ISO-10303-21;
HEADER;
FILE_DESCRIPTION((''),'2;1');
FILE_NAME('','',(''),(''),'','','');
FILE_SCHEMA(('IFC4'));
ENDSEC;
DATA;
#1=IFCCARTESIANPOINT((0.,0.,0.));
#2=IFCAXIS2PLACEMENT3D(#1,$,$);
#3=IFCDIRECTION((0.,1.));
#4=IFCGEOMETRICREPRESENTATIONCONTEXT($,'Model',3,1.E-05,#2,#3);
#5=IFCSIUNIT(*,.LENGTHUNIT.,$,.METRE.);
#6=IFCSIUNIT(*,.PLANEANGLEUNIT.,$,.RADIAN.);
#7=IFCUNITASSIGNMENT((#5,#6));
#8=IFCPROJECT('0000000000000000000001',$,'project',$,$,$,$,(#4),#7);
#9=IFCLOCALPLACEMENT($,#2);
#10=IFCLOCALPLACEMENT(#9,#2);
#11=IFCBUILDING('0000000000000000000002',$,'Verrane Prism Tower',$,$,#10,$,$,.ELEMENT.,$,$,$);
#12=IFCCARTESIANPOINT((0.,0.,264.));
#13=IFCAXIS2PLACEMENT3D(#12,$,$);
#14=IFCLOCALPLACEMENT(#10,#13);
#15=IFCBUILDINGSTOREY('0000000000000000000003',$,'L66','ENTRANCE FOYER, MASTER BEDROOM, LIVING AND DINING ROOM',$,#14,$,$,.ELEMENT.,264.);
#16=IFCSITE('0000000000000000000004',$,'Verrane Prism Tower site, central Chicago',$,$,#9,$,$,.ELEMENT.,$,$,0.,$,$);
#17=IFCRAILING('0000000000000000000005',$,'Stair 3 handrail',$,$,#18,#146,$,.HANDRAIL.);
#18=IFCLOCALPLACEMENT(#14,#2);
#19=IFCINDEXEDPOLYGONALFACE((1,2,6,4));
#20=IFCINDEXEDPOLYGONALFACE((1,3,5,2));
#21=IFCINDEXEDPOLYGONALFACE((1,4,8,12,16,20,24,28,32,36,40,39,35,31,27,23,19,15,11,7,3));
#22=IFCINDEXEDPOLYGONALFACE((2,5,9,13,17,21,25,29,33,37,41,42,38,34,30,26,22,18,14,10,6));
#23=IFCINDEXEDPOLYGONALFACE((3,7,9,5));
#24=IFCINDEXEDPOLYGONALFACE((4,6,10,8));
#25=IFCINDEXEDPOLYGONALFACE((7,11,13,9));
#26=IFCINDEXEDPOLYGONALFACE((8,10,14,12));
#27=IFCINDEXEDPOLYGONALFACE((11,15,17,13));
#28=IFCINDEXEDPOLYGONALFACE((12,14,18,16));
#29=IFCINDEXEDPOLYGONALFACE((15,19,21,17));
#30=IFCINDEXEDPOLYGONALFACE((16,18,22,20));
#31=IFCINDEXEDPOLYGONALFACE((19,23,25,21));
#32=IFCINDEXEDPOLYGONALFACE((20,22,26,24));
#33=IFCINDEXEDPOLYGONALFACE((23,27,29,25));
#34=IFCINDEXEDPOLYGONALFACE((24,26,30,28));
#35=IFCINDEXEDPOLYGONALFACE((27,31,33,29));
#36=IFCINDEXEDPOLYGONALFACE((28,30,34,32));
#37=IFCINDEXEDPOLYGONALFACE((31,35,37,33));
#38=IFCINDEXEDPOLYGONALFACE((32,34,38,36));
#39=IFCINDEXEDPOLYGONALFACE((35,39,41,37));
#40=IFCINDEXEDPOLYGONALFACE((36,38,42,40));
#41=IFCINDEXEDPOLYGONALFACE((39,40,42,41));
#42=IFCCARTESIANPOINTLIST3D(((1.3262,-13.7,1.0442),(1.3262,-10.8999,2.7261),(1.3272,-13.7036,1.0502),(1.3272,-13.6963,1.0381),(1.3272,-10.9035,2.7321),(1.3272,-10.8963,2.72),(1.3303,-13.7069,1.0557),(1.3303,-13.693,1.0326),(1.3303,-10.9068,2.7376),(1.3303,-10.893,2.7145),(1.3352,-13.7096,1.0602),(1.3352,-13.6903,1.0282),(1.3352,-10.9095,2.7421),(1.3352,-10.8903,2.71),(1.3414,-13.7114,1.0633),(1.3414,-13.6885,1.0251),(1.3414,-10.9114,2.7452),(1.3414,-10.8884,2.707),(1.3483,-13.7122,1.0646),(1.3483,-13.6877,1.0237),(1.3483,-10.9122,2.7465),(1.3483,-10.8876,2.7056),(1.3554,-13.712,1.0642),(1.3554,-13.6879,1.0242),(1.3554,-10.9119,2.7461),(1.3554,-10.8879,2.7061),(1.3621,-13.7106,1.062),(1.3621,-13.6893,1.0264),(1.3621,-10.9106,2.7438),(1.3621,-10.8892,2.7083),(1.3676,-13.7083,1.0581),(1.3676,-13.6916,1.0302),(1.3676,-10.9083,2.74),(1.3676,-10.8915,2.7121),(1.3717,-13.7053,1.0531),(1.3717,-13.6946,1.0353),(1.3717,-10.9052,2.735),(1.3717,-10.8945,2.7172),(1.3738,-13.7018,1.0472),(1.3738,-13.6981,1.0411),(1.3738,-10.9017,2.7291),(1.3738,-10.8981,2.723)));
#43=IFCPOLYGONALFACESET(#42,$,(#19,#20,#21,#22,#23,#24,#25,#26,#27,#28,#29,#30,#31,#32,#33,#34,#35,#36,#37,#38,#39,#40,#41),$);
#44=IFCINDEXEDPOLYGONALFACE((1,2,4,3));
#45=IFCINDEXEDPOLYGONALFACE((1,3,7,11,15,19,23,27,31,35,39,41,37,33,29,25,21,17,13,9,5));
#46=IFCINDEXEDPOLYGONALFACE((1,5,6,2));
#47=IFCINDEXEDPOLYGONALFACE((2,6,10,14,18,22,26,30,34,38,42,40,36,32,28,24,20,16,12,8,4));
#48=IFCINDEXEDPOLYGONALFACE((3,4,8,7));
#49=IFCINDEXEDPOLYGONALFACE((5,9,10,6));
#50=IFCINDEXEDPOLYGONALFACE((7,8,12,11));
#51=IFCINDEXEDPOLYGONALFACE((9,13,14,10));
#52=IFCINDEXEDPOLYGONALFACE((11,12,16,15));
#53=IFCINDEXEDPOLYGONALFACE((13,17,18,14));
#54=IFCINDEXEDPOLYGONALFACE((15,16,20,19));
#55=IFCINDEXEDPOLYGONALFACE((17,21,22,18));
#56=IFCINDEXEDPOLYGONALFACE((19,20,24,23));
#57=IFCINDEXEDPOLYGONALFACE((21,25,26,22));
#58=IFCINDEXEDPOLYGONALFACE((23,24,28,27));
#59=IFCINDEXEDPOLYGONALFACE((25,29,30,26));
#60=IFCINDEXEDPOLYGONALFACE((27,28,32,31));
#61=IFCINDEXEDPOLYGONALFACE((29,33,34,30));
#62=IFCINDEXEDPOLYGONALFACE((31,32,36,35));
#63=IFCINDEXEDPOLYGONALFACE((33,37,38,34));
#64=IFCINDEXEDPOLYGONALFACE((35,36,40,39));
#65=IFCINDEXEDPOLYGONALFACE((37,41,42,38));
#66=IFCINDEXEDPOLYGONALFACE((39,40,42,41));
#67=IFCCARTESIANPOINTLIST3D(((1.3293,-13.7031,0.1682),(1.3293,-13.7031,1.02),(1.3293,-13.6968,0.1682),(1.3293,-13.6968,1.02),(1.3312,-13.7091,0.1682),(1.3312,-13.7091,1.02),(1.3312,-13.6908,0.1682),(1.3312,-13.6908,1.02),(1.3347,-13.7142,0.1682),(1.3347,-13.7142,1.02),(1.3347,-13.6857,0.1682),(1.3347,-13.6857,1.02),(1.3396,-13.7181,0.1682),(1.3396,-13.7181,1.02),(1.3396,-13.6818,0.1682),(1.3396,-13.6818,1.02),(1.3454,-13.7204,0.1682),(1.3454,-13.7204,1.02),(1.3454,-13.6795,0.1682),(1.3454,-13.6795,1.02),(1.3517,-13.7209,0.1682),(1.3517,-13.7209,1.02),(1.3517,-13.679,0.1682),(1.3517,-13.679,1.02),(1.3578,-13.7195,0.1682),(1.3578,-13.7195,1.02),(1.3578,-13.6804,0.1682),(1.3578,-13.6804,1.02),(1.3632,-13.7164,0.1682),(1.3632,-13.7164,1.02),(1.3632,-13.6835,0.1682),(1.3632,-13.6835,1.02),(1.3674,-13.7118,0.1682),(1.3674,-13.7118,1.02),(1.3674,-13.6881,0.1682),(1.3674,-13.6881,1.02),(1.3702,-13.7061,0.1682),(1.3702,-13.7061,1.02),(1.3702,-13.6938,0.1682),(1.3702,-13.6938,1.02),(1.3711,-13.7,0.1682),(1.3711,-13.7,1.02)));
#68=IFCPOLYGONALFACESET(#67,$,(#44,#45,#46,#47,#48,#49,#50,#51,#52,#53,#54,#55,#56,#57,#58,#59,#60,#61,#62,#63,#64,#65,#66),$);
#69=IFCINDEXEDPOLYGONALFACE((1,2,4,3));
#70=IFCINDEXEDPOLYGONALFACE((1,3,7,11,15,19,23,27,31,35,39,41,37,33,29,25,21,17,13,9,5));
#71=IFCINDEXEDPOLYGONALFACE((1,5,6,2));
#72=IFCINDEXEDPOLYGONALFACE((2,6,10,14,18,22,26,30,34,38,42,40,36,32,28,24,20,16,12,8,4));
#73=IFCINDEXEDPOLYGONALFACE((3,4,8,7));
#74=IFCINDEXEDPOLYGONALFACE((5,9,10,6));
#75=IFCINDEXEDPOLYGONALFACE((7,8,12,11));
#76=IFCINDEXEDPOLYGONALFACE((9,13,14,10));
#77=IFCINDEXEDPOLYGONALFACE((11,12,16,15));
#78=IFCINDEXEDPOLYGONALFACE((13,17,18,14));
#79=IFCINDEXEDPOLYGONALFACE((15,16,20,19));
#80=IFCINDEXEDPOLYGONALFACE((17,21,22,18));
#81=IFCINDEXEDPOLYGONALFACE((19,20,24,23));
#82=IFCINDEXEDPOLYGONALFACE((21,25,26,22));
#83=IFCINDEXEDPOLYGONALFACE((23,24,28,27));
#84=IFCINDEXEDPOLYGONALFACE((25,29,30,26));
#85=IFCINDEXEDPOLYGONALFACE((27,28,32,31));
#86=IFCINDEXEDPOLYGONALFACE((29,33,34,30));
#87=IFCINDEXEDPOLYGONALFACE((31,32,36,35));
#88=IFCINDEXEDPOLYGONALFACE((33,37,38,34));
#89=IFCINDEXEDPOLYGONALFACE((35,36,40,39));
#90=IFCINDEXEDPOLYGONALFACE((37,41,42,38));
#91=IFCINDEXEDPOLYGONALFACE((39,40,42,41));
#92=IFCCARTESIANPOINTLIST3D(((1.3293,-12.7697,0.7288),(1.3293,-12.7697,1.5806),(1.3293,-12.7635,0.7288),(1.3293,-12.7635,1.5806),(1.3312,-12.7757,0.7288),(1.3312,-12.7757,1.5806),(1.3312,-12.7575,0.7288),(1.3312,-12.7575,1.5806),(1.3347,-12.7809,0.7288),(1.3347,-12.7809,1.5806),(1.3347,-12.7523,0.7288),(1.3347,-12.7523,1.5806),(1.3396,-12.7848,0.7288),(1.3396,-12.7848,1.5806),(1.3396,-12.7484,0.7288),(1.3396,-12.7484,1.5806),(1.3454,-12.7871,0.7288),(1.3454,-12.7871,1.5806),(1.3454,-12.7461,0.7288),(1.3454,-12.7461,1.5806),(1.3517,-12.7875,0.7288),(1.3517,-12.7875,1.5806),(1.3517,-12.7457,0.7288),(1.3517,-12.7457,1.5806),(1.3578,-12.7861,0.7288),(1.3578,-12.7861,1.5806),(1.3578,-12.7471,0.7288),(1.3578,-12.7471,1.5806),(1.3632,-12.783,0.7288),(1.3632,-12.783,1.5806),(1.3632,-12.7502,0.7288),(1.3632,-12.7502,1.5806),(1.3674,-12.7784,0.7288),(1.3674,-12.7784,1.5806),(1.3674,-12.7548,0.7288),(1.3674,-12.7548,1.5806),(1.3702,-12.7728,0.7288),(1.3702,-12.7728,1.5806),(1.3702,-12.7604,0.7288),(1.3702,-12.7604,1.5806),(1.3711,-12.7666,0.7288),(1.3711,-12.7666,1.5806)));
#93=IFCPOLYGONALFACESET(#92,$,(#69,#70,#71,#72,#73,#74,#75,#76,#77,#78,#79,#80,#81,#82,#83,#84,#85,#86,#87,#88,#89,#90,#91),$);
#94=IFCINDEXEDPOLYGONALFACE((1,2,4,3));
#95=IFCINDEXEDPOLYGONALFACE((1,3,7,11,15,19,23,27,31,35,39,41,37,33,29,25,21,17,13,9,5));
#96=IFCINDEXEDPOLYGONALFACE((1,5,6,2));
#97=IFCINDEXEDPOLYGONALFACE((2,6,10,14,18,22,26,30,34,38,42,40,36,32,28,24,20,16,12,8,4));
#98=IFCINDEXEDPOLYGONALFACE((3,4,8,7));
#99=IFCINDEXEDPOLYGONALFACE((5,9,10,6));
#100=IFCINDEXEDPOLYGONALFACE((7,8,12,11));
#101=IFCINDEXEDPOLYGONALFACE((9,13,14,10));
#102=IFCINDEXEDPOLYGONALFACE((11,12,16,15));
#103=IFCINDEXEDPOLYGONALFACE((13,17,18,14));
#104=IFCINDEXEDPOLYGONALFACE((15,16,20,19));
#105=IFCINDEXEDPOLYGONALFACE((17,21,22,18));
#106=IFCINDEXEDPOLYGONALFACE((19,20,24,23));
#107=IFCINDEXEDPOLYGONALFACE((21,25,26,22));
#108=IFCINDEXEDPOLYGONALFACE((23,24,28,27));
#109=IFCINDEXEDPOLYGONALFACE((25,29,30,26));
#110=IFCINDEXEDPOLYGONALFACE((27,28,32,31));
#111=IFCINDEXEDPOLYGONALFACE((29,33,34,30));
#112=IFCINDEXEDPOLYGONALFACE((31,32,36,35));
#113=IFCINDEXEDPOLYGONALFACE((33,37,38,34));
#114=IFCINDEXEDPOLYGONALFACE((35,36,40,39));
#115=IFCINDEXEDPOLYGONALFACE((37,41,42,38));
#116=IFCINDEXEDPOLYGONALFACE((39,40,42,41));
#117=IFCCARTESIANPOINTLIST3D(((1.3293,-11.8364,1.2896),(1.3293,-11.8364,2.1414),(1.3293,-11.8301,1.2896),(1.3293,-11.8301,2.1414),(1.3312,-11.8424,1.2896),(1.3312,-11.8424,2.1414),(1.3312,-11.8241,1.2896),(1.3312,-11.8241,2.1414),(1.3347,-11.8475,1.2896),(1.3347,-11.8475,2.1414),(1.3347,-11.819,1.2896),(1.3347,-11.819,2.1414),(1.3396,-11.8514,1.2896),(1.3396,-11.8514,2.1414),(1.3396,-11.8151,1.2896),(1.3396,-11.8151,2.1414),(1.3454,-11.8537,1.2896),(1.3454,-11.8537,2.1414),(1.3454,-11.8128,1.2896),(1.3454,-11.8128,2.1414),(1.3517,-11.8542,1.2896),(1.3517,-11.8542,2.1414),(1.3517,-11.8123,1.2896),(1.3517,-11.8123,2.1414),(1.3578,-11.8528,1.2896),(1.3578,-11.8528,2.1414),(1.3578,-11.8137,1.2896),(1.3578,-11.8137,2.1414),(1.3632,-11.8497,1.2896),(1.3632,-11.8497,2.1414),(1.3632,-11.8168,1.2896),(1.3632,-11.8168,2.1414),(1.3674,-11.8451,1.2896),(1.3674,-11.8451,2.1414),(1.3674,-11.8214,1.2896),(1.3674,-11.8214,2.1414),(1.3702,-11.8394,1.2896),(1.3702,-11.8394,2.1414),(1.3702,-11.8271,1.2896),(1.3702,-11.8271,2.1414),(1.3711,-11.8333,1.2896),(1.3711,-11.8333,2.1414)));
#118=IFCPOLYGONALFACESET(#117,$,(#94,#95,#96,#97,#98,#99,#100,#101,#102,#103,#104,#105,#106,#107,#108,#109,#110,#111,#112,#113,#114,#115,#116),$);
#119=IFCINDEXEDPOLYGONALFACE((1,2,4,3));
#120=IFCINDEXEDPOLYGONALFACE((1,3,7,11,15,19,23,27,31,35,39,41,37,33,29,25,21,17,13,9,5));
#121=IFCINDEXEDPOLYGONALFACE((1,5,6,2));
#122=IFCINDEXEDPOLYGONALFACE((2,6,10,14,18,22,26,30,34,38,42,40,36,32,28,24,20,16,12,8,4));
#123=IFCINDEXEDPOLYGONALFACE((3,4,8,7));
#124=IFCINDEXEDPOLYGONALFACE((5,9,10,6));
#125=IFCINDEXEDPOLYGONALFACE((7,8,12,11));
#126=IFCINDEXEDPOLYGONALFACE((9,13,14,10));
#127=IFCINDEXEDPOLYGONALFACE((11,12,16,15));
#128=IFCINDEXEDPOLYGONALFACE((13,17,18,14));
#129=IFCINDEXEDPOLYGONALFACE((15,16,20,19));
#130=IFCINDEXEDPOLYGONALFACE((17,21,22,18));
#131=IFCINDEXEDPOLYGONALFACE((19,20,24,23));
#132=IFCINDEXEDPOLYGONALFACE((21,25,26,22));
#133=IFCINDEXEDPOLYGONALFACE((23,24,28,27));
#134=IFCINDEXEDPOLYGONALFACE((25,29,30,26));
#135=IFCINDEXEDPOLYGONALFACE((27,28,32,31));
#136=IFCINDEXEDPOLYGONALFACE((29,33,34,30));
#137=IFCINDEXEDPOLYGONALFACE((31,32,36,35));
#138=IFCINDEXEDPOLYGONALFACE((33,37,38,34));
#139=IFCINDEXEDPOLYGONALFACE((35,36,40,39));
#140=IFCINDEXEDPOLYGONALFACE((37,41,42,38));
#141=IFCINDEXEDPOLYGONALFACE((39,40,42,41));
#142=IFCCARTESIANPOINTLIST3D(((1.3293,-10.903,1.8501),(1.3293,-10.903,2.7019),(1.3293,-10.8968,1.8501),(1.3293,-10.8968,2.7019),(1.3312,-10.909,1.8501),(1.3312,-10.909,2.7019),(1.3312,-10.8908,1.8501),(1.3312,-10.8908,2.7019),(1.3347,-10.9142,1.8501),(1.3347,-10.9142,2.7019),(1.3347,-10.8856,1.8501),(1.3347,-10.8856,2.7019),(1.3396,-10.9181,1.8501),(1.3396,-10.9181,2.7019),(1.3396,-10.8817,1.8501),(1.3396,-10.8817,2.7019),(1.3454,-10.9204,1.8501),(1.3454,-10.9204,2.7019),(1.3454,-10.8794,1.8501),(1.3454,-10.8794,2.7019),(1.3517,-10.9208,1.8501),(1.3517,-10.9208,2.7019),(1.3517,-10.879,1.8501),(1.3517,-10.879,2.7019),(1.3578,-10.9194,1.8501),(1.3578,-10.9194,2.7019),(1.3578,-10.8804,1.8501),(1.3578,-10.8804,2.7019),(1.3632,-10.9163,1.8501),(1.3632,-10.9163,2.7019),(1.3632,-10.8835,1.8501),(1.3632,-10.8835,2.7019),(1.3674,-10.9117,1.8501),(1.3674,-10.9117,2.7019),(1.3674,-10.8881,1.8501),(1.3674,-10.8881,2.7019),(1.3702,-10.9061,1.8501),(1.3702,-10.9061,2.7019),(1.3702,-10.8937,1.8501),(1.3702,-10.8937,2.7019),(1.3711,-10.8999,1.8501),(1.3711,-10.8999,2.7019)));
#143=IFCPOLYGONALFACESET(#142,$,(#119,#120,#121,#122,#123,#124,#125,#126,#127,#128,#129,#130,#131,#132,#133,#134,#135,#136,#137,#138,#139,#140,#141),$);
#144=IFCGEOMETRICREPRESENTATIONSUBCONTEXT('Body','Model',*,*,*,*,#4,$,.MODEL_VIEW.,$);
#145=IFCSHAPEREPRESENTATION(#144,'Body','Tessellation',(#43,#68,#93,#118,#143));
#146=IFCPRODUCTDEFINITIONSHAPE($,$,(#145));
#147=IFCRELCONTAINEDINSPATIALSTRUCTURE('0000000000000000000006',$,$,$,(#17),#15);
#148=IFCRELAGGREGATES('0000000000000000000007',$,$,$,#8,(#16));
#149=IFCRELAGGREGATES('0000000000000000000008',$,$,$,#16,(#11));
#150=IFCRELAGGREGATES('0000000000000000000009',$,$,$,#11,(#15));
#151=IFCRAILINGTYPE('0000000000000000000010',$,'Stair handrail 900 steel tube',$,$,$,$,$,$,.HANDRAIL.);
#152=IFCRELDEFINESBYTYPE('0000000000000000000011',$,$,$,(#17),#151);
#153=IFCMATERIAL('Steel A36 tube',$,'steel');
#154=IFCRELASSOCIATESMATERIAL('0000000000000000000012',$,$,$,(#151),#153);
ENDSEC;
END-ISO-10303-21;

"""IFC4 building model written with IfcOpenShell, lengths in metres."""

from ifc_helpers import new_model, si_unit, direction, frame, origin, origin_2d, place, context, subcontext, project, spatial, circle, extrude, material, type_object, element, save


model = new_model("IFC4")

# Units and contexts
model_context = context("Model", 3, precision=1e-05, world=origin(), true_north=direction((0.0, 1.0)))
body_context = subcontext(model_context, "Body", "Model", "MODEL_VIEW")
ifc_project = project(units=[si_unit("LENGTHUNIT", "METRE"), si_unit("PLANEANGLEUNIT", "RADIAN")], contexts=[model_context])

# Site, building, storey
site_placement = place(None, origin())
site = spatial("IfcSite", under=ifc_project, at=site_placement, Name="Verrane Prism Tower site, central Chicago", CompositionType="ELEMENT", RefElevation=0.0)
building_placement = place(site_placement, origin())
building = spatial("IfcBuilding", under=site, at=building_placement, Name="Verrane Prism Tower", CompositionType="ELEMENT")
storey_placement = place(building_placement, frame((0.0, 0.0, 264.0)))
storey = spatial("IfcBuildingStorey", under=building, at=storey_placement, Name="L66", Description="ENTRANCE FOYER, MASTER BEDROOM, LIVING AND DINING ROOM", CompositionType="ELEMENT", Elevation=264.0)

# Railing
ifc_material_1 = material(Name="Steel A36 tube", Category="steel")
railing_type_1 = type_object("IfcRailingType", Name="Stair handrail 900 steel tube", PredefinedType="HANDRAIL", material=ifc_material_1)
railing_1_placement = place(storey_placement, frame((1.3501, -13.7, 0.1682)))
element("IfcRailing", 1, at=railing_1_placement, inside=storey, type_object=railing_type_1, Name="Stair 3 handrail", PredefinedType="HANDRAIL", context=body_context, shape_type="SweptSolid", body=[
    extrude(circle(Radius=0.0239, at=origin_2d()), frame((0.0, 0.0, 0.876), z_axis=(0.0, 0.857242, 0.514913), x_axis=(-1.0, 0.0, 0.0)), (0.0, 0.0, 1.0), 3.2664),
    extrude(circle(Radius=0.021, at=origin_2d()), origin(), (0.0, 0.0, 1.0), 0.8518),
    extrude(circle(Radius=0.021, at=origin_2d()), frame((0.0, 0.9333, 0.5605)), (0.0, 0.0, 1.0), 0.8518),
    extrude(circle(Radius=0.021, at=origin_2d()), frame((0.0, 1.8667, 1.1213)), (0.0, 0.0, 1.0), 0.8518),
    extrude(circle(Radius=0.021, at=origin_2d()), frame((0.0, 2.8, 1.6819)), (0.0, 0.0, 1.0), 0.8518),
])

save(model, "model.ifc")
